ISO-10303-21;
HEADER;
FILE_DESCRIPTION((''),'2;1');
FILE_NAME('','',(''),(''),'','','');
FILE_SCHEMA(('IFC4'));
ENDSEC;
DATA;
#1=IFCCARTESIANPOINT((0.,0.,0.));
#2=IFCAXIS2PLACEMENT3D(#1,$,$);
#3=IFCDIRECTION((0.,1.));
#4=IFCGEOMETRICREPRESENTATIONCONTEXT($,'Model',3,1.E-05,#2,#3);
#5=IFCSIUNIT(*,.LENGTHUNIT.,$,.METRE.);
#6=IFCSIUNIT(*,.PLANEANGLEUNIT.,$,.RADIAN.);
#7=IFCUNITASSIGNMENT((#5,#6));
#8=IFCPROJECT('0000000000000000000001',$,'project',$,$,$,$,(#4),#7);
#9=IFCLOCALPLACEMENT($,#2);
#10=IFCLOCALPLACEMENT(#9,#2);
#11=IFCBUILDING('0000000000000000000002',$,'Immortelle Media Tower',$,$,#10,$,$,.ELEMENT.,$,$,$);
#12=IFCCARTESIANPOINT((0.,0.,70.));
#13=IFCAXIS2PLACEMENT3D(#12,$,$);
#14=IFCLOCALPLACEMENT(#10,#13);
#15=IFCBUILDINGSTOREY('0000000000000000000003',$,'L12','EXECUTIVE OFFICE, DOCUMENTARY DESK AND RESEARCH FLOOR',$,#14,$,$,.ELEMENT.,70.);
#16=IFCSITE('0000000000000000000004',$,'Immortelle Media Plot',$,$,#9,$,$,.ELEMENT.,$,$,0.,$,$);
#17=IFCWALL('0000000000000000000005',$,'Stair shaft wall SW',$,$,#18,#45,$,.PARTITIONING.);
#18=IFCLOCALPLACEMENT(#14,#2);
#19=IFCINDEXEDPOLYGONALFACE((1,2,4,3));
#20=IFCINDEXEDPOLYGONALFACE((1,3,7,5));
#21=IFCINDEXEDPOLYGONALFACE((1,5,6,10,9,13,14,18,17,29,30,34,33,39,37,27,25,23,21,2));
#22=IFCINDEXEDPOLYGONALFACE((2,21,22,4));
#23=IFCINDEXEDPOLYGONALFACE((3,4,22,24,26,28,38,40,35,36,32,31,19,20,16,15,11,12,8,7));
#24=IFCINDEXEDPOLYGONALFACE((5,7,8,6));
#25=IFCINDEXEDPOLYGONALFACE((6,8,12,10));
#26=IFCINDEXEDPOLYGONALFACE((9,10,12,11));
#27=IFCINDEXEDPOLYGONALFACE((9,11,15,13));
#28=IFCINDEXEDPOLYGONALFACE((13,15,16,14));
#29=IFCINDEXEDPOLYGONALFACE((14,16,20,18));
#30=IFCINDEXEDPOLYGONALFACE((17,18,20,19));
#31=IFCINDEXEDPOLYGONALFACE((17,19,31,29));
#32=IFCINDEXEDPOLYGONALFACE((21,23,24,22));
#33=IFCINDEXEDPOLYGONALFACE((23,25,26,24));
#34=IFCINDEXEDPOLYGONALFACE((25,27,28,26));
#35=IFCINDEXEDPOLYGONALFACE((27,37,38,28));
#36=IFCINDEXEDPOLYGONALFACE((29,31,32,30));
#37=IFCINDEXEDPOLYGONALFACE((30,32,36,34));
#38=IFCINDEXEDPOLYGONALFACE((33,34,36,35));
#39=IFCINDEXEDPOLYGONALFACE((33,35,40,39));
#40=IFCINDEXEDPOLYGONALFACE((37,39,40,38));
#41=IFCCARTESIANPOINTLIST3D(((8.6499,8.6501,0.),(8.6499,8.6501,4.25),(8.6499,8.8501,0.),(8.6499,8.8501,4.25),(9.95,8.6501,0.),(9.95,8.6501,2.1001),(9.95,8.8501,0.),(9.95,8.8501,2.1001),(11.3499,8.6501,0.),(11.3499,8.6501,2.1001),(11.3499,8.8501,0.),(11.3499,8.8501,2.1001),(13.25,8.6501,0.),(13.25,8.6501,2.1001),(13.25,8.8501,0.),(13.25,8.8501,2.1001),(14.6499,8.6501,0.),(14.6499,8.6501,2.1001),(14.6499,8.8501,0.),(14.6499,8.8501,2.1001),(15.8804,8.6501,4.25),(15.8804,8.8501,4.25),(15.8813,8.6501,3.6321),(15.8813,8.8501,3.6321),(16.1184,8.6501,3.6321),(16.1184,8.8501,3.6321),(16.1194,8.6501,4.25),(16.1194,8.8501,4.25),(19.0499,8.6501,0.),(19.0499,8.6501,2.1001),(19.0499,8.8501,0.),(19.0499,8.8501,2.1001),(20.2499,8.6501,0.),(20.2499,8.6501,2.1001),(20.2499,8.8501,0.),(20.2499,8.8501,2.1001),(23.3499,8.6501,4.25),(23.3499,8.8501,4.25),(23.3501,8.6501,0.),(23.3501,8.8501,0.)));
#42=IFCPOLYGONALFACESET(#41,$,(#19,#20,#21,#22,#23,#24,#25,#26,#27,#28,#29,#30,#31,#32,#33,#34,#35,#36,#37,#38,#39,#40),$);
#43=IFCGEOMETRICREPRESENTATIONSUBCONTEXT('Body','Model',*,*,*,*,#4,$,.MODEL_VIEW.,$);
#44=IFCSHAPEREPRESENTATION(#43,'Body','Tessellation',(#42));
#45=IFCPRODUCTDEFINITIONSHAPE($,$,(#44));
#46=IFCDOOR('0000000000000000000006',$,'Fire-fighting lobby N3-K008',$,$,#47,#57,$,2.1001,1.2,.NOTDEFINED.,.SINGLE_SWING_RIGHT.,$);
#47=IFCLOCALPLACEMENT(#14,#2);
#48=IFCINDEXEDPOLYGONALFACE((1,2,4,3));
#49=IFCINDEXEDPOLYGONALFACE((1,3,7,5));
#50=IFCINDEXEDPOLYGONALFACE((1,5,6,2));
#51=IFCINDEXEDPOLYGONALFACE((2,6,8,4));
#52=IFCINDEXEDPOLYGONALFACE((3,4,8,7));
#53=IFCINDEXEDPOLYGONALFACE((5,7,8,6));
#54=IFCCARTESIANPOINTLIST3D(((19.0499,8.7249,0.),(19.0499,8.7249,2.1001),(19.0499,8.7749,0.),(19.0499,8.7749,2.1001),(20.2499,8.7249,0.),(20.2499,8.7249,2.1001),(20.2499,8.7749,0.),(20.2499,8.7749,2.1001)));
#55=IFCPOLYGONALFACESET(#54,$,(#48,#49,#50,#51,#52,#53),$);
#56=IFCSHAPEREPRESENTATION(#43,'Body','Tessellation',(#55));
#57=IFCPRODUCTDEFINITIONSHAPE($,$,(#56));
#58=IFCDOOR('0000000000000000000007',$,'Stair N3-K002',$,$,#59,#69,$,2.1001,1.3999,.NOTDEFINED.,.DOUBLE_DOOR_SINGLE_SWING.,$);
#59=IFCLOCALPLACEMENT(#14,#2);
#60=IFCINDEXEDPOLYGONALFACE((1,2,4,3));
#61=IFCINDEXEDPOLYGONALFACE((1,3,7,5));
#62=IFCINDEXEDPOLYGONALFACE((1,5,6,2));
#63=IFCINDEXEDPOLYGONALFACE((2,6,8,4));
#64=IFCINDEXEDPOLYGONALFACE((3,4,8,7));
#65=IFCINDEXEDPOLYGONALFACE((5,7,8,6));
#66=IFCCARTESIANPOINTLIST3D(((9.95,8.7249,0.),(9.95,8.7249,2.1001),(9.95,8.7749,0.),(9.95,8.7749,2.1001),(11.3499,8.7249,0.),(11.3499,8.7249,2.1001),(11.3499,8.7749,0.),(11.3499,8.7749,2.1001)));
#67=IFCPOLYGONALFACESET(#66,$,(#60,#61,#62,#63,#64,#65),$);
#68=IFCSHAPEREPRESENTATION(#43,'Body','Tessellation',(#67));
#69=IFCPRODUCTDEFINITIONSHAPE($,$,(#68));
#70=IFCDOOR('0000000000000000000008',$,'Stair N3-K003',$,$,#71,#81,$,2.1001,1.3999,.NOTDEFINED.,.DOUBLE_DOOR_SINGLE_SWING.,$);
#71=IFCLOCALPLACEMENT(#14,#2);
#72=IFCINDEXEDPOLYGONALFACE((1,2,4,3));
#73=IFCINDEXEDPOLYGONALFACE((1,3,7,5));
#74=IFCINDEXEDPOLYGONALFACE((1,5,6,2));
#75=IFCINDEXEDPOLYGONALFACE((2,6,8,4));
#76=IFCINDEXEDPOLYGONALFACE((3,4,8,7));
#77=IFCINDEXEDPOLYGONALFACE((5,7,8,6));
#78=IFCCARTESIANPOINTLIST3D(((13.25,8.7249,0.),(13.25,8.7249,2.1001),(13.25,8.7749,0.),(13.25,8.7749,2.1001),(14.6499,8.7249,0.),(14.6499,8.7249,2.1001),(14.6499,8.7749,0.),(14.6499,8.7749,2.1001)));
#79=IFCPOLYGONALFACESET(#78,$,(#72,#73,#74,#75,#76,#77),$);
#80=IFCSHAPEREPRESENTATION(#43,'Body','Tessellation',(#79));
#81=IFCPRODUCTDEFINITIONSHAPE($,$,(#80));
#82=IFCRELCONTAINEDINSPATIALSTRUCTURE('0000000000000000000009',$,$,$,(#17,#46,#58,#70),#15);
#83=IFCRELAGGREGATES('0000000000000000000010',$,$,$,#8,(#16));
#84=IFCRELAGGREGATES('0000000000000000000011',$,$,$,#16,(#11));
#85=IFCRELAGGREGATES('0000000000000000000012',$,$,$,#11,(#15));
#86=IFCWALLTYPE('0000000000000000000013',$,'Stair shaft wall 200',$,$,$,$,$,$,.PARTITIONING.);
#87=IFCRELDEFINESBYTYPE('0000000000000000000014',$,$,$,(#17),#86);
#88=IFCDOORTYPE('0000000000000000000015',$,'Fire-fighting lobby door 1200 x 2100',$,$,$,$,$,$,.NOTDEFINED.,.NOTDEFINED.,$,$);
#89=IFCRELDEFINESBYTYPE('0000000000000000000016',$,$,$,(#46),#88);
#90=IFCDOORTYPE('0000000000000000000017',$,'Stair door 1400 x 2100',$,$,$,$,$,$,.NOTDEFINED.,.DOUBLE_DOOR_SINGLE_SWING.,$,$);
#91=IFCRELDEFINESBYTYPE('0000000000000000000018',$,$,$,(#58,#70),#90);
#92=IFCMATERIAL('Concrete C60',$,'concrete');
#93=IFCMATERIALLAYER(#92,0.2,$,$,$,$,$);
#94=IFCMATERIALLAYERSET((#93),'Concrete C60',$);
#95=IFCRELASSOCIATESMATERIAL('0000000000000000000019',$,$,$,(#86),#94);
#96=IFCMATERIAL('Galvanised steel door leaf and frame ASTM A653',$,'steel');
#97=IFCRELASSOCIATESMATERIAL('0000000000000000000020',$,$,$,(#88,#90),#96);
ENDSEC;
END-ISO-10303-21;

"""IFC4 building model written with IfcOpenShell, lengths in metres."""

from ifc_helpers import new_model, si_unit, direction, frame, frame_2d, origin, place, context, subcontext, project, spatial, polyline, rectangle, outline, extrude, material, layer, layer_set, type_object, element, fill, save


model = new_model("IFC4")

# Units and contexts
model_context = context("Model", 3, precision=1e-05, world=origin(), true_north=direction((0.0, 1.0)))
body_context = subcontext(model_context, "Body", "Model", "MODEL_VIEW")
ifc_project = project(units=[si_unit("LENGTHUNIT", "METRE"), si_unit("PLANEANGLEUNIT", "RADIAN")], contexts=[model_context])

# Site, building, storey
site_placement = place(None, origin())
site = spatial("IfcSite", under=ifc_project, at=site_placement, Name="Immortelle Media Plot", CompositionType="ELEMENT", RefElevation=0.0)
building_placement = place(site_placement, origin())
building = spatial("IfcBuilding", under=site, at=building_placement, Name="Immortelle Media Tower", CompositionType="ELEMENT")
storey_placement = place(building_placement, frame((0.0, 0.0, 70.0)))
storey = spatial("IfcBuildingStorey", under=building, at=storey_placement, Name="L12", Description="EXECUTIVE OFFICE, DOCUMENTARY DESK AND RESEARCH FLOOR", CompositionType="ELEMENT", Elevation=70.0)

# Wall, openings, doors
ifc_material_1 = material(Name="Concrete C60", Category="concrete")
ifc_layer_1 = layer(ifc_material_1, 0.2)
ifc_layer_set_1 = layer_set([ifc_layer_1], Name="Concrete C60")
wall_type_1 = type_object("IfcWallType", Name="Stair shaft wall 200", PredefinedType="PARTITIONING", material=ifc_layer_set_1)
wall_1_placement = place(storey_placement, frame((8.6499, 8.75, 0.0), z_axis=(0.0, 0.0, 1.0), x_axis=(1.0, 0.0, 0.0)))
wall_1 = element("IfcWall", 1, at=wall_1_placement, inside=storey, type_object=wall_type_1, Name="Stair shaft wall SW", PredefinedType="PARTITIONING", context=body_context, shape_type="SweptSolid", body=[
    extrude(outline(polyline([(0.0, 0.0), (14.7002, 0.0), (14.7, 4.25), (7.4695, 4.25), (7.4685, 3.6321), (7.2314, 3.6321), (7.2305, 4.25), (0.0, 4.25), (0.0, 0.0)])), frame((0.0, 0.1001, 0.0), z_axis=(0.0, -1.0, 0.0), x_axis=(1.0, 0.0, 0.0)), (0.0, 0.0, 1.0), 0.2),
])
opening_1_placement = place(wall_1_placement, frame((1.3, 0.0, 0.0)))
opening_1 = element("IfcOpeningElement", 2, at=opening_1_placement, cuts=wall_1, PredefinedType="OPENING", context=body_context, shape_type="SweptSolid", body=[
    extrude(rectangle(XDim=1.3999, YDim=2.1001, at=frame_2d((0.7, 1.05))), frame((0.0, 0.1099, 0.0), z_axis=(0.0, -1.0, 0.0), x_axis=(1.0, 0.0, 0.0)), (0.0, 0.0, 1.0), 0.22),
])
opening_2_placement = place(wall_1_placement, frame((4.6001, 0.0, 0.0)))
opening_2 = element("IfcOpeningElement", 3, at=opening_2_placement, cuts=wall_1, PredefinedType="OPENING", context=body_context, shape_type="SweptSolid", body=[
    extrude(rectangle(XDim=1.3999, YDim=2.1001, at=frame_2d((0.7, 1.05))), frame((0.0, 0.1099, 0.0), z_axis=(0.0, -1.0, 0.0), x_axis=(1.0, 0.0, 0.0)), (0.0, 0.0, 1.0), 0.22),
])
opening_3_placement = place(wall_1_placement, frame((10.3999, 0.0, 0.0)))
opening_3 = element("IfcOpeningElement", 4, at=opening_3_placement, cuts=wall_1, PredefinedType="OPENING", context=body_context, shape_type="SweptSolid", body=[
    extrude(rectangle(XDim=1.2, YDim=2.1001, at=frame_2d((0.6001, 1.05))), frame((0.0, 0.1099, 0.0), z_axis=(0.0, -1.0, 0.0), x_axis=(1.0, 0.0, 0.0)), (0.0, 0.0, 1.0), 0.22),
])
ifc_material_2 = material(Name="Galvanised steel door leaf and frame ASTM A653", Category="steel")
door_type_1 = type_object("IfcDoorType", Name="Fire-fighting lobby door 1200 x 2100", OperationType="NOTDEFINED", PredefinedType="NOTDEFINED", material=ifc_material_2)
door_1_placement = place(opening_3_placement, origin())
door_1 = element("IfcDoor", 5, at=door_1_placement, inside=storey, type_object=door_type_1, Name="Fire-fighting lobby N3-K008", OperationType="SINGLE_SWING_RIGHT", OverallHeight=2.1001, OverallWidth=1.2, PredefinedType="NOTDEFINED", context=body_context, shape_type="SweptSolid", body=[
    extrude(rectangle(XDim=1.2, YDim=2.1001, at=frame_2d((0.6001, 1.05))), frame((0.0, 0.0249, 0.0), z_axis=(0.0, -1.0, 0.0), x_axis=(1.0, 0.0, 0.0)), (0.0, 0.0, 1.0), 0.05),
])
fill(opening_3, door_1)
door_type_2 = type_object("IfcDoorType", Name="Stair door 1400 x 2100", OperationType="DOUBLE_DOOR_SINGLE_SWING", PredefinedType="NOTDEFINED", material=ifc_material_2)
door_2_placement = place(opening_1_placement, origin())
door_2 = element("IfcDoor", 6, at=door_2_placement, inside=storey, type_object=door_type_2, Name="Stair N3-K002", OperationType="DOUBLE_DOOR_SINGLE_SWING", OverallHeight=2.1001, OverallWidth=1.3999, PredefinedType="NOTDEFINED", context=body_context, shape_type="SweptSolid", body=[
    extrude(rectangle(XDim=1.3999, YDim=2.1001, at=frame_2d((0.7, 1.05))), frame((0.0, 0.0249, 0.0), z_axis=(0.0, -1.0, 0.0), x_axis=(1.0, 0.0, 0.0)), (0.0, 0.0, 1.0), 0.05),
])
fill(opening_1, door_2)
door_3_placement = place(opening_2_placement, origin())
door_3 = element("IfcDoor", 7, at=door_3_placement, inside=storey, type_object=door_type_2, Name="Stair N3-K003", OperationType="DOUBLE_DOOR_SINGLE_SWING", OverallHeight=2.1001, OverallWidth=1.3999, PredefinedType="NOTDEFINED", context=body_context, shape_type="SweptSolid", body=[
    extrude(rectangle(XDim=1.3999, YDim=2.1001, at=frame_2d((0.7, 1.05))), frame((0.0, 0.0249, 0.0), z_axis=(0.0, -1.0, 0.0), x_axis=(1.0, 0.0, 0.0)), (0.0, 0.0, 1.0), 0.05),
])
fill(opening_2, door_3)

save(model, "model.ifc")
